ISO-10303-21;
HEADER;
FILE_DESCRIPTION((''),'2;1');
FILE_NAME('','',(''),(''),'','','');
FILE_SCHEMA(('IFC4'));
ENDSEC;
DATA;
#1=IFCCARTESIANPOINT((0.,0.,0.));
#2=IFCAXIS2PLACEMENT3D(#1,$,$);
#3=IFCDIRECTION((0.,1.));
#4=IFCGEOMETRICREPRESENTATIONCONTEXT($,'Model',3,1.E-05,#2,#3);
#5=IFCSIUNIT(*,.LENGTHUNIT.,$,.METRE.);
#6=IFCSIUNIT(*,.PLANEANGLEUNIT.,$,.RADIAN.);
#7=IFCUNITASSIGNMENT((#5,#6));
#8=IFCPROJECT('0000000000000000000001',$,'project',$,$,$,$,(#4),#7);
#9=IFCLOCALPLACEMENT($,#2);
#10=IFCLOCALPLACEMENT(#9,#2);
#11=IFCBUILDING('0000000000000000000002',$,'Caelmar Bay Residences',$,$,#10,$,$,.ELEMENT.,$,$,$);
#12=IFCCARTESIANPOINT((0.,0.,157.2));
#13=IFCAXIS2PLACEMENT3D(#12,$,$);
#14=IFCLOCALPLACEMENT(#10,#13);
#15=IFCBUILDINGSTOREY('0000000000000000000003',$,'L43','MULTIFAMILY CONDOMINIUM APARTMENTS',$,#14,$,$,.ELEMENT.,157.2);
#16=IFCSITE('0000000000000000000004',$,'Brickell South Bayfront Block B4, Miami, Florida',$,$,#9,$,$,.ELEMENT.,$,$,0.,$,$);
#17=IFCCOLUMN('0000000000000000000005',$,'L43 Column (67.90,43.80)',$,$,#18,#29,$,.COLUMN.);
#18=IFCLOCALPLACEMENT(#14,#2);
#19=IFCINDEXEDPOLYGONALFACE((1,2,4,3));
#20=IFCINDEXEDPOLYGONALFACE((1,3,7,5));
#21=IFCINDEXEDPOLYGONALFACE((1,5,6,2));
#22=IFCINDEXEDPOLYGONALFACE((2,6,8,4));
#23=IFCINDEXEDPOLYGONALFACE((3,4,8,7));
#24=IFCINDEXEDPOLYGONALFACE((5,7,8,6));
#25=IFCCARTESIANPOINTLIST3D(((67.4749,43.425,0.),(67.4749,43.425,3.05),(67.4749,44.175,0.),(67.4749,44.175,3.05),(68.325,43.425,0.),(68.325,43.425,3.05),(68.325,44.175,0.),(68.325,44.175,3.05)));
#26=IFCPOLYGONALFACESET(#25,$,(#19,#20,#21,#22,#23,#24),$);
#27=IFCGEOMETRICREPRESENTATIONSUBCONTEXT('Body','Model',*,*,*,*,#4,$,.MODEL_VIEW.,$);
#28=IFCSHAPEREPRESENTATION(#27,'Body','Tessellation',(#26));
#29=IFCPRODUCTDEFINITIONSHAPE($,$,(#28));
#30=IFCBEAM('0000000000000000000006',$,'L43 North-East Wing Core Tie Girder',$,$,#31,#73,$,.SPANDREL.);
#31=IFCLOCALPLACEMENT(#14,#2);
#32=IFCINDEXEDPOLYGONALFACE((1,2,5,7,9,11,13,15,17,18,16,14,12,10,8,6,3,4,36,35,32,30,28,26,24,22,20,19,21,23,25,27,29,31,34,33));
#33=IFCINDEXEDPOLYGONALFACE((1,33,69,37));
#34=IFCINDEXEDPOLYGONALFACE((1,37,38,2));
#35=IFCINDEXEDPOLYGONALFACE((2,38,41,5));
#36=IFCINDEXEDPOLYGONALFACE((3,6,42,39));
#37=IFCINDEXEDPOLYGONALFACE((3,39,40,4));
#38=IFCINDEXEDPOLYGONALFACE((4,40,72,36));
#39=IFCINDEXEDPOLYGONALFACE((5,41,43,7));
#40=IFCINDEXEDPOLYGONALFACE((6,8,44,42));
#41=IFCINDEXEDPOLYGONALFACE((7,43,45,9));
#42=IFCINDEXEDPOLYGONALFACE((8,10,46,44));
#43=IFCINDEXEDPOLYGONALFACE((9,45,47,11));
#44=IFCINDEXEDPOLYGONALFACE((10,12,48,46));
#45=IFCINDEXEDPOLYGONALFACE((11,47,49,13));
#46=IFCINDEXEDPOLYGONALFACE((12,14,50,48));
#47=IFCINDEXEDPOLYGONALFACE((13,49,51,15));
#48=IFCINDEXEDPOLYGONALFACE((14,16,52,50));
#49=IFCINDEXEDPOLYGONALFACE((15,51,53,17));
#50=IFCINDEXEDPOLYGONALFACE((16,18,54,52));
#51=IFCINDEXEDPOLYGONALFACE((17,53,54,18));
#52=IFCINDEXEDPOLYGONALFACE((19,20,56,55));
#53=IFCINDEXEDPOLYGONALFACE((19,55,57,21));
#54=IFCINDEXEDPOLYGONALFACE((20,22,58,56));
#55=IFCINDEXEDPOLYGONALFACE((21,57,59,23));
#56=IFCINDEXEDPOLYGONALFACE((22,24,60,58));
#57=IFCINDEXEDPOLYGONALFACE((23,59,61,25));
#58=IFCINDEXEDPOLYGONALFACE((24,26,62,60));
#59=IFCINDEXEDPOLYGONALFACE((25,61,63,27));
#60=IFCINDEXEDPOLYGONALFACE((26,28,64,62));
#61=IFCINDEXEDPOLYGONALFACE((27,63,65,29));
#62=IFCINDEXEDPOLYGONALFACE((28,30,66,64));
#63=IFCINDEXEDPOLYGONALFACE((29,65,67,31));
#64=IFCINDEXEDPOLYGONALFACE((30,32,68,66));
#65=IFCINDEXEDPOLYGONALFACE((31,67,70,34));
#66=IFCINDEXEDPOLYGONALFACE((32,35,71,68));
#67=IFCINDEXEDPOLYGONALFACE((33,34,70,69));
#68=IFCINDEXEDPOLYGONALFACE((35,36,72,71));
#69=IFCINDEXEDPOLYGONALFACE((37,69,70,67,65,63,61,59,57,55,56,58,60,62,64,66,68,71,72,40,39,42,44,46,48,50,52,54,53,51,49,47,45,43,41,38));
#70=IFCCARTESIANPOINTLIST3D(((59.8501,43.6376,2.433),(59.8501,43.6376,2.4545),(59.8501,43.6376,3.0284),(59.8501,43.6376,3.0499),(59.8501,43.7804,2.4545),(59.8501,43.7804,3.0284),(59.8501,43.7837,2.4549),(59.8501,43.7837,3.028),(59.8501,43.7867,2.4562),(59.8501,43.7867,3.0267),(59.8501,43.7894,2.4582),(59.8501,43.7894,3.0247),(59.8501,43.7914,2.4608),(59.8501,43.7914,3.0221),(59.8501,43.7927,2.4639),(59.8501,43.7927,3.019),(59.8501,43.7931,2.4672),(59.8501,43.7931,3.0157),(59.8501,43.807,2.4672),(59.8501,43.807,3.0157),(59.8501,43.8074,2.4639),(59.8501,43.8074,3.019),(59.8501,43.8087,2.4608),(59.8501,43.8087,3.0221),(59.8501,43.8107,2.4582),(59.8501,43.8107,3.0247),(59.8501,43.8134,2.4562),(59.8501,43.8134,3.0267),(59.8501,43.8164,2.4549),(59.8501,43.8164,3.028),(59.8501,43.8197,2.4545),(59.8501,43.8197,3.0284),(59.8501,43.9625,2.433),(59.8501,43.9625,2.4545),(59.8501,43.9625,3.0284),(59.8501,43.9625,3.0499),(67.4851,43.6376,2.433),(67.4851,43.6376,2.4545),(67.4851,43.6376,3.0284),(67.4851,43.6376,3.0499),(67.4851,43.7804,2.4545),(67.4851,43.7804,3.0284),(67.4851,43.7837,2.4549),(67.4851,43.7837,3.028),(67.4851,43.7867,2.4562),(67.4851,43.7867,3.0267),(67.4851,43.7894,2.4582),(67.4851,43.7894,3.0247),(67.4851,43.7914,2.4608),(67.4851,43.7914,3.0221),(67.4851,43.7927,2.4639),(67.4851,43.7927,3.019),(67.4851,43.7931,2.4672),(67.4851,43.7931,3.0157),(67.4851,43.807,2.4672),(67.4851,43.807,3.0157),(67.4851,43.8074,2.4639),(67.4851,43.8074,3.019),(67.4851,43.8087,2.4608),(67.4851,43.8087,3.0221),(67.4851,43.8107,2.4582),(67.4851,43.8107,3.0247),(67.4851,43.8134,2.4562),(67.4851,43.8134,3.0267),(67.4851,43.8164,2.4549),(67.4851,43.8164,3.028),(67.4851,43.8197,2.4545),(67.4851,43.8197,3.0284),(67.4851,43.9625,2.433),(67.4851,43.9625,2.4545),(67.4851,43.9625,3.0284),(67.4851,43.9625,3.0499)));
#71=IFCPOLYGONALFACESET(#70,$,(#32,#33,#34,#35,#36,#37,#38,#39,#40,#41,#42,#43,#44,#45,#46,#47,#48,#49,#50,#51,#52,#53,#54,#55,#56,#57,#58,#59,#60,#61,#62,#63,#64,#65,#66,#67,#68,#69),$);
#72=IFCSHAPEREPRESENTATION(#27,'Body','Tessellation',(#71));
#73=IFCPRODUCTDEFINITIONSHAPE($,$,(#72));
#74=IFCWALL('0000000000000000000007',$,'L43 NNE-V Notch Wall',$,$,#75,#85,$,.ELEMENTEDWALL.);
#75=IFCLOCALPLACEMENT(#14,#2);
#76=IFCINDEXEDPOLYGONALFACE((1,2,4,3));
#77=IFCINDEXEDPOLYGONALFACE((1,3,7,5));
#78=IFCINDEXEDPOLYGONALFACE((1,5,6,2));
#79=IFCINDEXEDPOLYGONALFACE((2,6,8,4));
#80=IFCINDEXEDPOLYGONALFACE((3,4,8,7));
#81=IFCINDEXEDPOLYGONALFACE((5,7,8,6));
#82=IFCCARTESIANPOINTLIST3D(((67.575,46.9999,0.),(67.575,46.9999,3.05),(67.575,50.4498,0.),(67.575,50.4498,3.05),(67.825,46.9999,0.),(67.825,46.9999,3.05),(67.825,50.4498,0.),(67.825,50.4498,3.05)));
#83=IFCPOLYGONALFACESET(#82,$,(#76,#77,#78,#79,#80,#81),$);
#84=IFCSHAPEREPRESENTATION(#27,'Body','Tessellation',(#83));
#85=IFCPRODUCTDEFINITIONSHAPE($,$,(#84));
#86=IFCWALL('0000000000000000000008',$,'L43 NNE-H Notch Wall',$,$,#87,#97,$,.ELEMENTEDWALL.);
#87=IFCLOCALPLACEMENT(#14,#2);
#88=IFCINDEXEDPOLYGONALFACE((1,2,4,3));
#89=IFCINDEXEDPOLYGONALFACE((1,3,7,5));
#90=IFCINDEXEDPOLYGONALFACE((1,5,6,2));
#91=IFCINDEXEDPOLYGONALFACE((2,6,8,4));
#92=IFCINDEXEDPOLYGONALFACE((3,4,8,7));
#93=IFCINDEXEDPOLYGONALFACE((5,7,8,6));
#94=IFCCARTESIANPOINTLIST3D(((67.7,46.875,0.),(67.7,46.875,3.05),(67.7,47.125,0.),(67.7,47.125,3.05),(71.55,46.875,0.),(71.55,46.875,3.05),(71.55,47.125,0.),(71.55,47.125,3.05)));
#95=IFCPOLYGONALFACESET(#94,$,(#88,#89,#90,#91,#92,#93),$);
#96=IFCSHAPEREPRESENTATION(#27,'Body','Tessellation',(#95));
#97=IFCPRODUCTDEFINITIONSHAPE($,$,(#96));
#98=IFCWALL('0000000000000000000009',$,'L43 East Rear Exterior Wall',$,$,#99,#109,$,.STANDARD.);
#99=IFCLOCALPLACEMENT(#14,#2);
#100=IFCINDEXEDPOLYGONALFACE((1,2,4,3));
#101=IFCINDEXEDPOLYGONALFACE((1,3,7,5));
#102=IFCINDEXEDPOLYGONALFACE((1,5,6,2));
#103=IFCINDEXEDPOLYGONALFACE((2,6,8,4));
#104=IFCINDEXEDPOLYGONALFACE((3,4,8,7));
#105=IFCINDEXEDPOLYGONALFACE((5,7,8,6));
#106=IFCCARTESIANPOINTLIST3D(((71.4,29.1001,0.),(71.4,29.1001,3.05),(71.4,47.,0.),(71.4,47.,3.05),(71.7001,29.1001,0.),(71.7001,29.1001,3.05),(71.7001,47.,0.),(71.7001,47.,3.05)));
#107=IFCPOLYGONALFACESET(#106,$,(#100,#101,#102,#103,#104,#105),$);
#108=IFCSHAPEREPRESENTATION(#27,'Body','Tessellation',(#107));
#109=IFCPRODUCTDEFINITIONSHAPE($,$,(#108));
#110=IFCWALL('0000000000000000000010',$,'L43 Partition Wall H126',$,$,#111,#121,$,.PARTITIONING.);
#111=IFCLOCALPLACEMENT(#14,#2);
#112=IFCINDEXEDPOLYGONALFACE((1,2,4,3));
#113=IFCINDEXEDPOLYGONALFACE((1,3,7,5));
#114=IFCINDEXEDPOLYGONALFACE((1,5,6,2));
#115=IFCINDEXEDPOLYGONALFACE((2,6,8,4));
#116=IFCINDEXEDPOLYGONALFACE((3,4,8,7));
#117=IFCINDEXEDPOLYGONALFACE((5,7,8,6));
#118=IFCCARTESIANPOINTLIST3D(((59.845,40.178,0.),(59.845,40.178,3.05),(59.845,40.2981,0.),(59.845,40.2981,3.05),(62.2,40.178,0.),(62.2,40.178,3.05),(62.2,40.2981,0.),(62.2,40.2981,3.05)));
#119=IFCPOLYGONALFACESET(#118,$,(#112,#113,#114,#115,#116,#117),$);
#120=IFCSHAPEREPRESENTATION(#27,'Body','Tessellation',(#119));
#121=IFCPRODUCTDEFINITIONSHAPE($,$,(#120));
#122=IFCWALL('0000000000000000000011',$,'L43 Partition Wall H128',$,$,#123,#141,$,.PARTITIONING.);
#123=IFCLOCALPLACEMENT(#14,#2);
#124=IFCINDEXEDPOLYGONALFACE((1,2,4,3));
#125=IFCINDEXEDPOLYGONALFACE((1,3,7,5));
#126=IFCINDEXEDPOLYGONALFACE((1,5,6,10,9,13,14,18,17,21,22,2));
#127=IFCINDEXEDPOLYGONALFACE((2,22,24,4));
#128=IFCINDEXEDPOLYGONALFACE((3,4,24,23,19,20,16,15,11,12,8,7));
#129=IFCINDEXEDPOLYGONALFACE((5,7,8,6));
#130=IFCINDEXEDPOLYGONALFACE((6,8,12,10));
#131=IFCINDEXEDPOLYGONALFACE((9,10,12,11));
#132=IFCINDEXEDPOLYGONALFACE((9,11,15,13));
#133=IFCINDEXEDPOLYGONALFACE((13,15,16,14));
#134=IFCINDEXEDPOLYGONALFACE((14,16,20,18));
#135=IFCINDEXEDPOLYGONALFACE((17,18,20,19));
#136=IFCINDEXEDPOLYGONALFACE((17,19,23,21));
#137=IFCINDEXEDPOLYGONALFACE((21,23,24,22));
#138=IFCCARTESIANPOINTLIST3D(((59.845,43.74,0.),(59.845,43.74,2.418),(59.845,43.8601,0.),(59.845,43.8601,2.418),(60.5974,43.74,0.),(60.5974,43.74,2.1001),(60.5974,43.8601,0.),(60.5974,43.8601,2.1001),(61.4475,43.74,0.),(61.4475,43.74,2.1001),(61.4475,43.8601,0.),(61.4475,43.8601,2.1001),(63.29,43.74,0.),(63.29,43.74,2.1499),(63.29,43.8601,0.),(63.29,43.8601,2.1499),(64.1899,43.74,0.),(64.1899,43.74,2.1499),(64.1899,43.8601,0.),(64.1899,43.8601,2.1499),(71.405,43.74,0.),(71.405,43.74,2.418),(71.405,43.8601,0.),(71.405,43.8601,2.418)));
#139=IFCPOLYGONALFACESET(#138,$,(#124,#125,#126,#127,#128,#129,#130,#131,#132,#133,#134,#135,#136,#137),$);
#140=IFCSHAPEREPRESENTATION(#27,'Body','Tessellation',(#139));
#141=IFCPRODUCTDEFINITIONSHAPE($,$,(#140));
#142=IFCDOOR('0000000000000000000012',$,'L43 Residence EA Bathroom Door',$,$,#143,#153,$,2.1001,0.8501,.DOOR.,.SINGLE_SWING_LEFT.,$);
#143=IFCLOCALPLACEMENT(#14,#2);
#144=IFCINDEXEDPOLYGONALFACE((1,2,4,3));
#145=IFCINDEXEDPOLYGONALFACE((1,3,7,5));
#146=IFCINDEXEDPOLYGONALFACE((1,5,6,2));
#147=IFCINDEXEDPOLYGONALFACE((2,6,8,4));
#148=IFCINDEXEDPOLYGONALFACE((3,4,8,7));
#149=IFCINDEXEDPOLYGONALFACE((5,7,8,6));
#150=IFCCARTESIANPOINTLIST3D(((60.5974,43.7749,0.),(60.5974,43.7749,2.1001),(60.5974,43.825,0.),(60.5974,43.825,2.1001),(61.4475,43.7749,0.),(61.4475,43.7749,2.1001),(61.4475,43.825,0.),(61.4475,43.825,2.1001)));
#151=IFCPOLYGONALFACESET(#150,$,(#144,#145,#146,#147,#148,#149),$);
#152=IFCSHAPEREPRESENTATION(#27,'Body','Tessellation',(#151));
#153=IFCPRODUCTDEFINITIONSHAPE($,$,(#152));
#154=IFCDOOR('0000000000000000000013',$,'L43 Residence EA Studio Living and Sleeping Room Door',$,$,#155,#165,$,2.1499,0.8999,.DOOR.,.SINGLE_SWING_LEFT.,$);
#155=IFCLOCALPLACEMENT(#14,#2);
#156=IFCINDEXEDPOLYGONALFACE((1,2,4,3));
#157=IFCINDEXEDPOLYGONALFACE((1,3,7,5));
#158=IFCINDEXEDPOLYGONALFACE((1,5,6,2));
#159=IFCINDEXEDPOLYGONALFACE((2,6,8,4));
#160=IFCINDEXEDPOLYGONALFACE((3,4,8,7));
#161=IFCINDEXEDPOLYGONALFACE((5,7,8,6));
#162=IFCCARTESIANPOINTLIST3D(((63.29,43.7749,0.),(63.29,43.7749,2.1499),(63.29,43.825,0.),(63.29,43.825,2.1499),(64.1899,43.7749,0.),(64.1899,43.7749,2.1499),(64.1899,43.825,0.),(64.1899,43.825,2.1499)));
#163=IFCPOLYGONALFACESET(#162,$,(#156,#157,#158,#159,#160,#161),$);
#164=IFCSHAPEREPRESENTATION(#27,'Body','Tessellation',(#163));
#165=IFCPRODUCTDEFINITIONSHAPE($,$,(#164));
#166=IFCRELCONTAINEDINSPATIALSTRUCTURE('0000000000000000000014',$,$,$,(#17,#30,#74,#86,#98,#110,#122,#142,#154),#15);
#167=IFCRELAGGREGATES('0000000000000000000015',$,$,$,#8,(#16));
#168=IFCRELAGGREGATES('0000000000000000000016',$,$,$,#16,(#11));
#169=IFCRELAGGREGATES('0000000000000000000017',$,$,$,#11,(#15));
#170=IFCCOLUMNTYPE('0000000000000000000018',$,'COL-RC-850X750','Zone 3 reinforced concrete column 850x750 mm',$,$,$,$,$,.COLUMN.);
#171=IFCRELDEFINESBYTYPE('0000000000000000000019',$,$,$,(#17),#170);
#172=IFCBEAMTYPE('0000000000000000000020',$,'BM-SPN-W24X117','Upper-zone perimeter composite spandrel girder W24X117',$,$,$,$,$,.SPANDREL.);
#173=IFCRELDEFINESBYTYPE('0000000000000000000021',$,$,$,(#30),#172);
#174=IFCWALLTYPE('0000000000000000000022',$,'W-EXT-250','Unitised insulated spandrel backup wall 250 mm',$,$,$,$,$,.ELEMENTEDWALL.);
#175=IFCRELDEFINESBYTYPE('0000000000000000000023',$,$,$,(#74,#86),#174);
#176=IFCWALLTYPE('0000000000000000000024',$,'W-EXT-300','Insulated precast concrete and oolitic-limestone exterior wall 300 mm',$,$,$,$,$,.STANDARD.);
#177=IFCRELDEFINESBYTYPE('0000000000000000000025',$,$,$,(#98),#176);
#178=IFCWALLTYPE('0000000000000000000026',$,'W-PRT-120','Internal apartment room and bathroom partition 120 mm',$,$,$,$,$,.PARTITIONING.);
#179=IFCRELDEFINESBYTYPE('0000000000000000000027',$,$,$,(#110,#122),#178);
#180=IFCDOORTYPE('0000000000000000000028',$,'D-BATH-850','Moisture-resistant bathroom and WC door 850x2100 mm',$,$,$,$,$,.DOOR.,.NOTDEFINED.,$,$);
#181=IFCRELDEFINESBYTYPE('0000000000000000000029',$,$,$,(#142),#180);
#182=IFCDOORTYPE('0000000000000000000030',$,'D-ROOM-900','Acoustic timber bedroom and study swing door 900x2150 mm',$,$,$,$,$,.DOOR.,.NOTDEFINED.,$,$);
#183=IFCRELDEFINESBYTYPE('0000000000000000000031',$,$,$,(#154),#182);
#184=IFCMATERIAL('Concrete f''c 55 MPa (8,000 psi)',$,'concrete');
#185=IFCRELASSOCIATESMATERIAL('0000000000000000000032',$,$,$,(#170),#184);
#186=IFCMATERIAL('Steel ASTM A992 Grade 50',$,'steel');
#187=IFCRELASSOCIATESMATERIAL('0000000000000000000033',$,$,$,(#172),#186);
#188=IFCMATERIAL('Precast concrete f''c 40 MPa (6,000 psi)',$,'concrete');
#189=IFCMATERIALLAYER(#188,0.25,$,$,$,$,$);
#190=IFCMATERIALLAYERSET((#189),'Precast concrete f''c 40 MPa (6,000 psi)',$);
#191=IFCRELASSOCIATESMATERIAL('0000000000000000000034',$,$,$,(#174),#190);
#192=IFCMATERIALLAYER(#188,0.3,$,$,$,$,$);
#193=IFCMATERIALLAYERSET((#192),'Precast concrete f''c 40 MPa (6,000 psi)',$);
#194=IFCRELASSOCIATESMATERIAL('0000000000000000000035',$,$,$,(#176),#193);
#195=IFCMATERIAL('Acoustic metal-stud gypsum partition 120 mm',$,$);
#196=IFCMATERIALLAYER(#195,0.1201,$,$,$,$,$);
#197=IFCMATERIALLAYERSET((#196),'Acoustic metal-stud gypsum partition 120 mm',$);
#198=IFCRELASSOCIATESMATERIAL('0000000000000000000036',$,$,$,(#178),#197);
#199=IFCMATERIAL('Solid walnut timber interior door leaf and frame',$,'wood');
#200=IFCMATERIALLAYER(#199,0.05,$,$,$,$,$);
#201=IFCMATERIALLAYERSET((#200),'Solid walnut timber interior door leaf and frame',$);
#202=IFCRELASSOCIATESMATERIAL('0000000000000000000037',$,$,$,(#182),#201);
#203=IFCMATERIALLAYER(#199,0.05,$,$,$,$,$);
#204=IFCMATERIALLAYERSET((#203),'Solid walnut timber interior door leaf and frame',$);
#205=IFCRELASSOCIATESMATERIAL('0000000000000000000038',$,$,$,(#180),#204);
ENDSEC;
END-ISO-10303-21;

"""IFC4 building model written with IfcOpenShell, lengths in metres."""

from ifc_helpers import new_model, si_unit, direction, frame, frame_2d, origin, origin_2d, place, context, subcontext, project, spatial, rectangle, i_section, extrude, material, layer, layer_set, material_profile, profile_set, type_object, element, fill, save


model = new_model("IFC4")

# Units and contexts
model_context = context("Model", 3, precision=1e-05, world=origin(), true_north=direction((0.0, 1.0)))
body_context = subcontext(model_context, "Body", "Model", "MODEL_VIEW")
ifc_project = project(units=[si_unit("LENGTHUNIT", "METRE"), si_unit("PLANEANGLEUNIT", "RADIAN")], contexts=[model_context])

# Site, building, storey
site_placement = place(None, origin())
site = spatial("IfcSite", under=ifc_project, at=site_placement, Name="Brickell South Bayfront Block B4, Miami, Florida", CompositionType="ELEMENT", RefElevation=0.0)
building_placement = place(site_placement, origin())
building = spatial("IfcBuilding", under=site, at=building_placement, Name="Caelmar Bay Residences", CompositionType="ELEMENT")
storey_placement = place(building_placement, frame((0.0, 0.0, 157.2)))
storey = spatial("IfcBuildingStorey", under=building, at=storey_placement, Name="L43", Description="MULTIFAMILY CONDOMINIUM APARTMENTS", CompositionType="ELEMENT", Elevation=157.2)

# Column
ifc_material_1 = material(Name="Concrete f'c 55 MPa (8,000 psi)", Category="concrete")
ifc_material_profile_1 = material_profile(ifc_material_1, rectangle(XDim=0.8501, YDim=0.75, at=origin_2d()), Name="RC-COL-850X750")
ifc_profile_set_1 = profile_set([ifc_material_profile_1], Name="Concrete f'c 55 MPa (8,000 psi)")
column_type = type_object("IfcColumnType", Name="COL-RC-850X750", Description="Zone 3 reinforced concrete column 850x750 mm", PredefinedType="COLUMN", material=ifc_profile_set_1)
column_placement = place(storey_placement, frame((67.8999, 43.8, 0.0), z_axis=(0.0, 0.0, 1.0), x_axis=(1.0, 0.0, 0.0)))
element("IfcColumn", 1, at=column_placement, inside=storey, type_object=column_type, Name="L43 Column (67.90,43.80)", PredefinedType="COLUMN", context=body_context, shape_type="SweptSolid", body=[
    extrude(rectangle(XDim=0.8501, YDim=0.75, at=origin_2d()), origin(), (0.0, 0.0, 1.0), 3.05),
])

# Beam
ifc_material_2 = material(Name="Steel ASTM A992 Grade 50", Category="steel")
ifc_material_profile_2 = material_profile(ifc_material_2, i_section(OverallWidth=0.325, OverallDepth=0.6169, WebThickness=0.0139, FlangeThickness=0.0215, FilletRadius=0.0127, at=origin_2d()), Name="W24X117")
ifc_profile_set_2 = profile_set([ifc_material_profile_2], Name="Steel ASTM A992 Grade 50")
beam_type = type_object("IfcBeamType", Name="BM-SPN-W24X117", Description="Upper-zone perimeter composite spandrel girder W24X117", PredefinedType="SPANDREL", material=ifc_profile_set_2)
beam_placement = place(storey_placement, frame((59.8501, 43.8, 2.7415), z_axis=(1.0, 0.0, 0.0), x_axis=(0.0, 1.0, 0.0)))
element("IfcBeam", 2, at=beam_placement, inside=storey, type_object=beam_type, Name="L43 North-East Wing Core Tie Girder", PredefinedType="SPANDREL", context=body_context, shape_type="SweptSolid", body=[
    extrude(i_section(OverallWidth=0.325, OverallDepth=0.6169, WebThickness=0.0139, FlangeThickness=0.0215, FilletRadius=0.0127, at=origin_2d()), origin(), (0.0, 0.0, 1.0), 7.635),
])

# Walls
ifc_material_3 = material(Name="Precast concrete f'c 40 MPa (6,000 psi)", Category="concrete")
ifc_layer_1 = layer(ifc_material_3, 0.25)
ifc_layer_set_1 = layer_set([ifc_layer_1], Name="Precast concrete f'c 40 MPa (6,000 psi)")
wall_type_1 = type_object("IfcWallType", Name="W-EXT-250", Description="Unitised insulated spandrel backup wall 250 mm", PredefinedType="ELEMENTEDWALL", material=ifc_layer_set_1)
wall_1_placement = place(storey_placement, frame((67.7, 50.45, 0.0), z_axis=(0.0, 0.0, 1.0), x_axis=(0.0, -1.0, 0.0)))
element("IfcWall", 3, at=wall_1_placement, inside=storey, type_object=wall_type_1, Name="L43 NNE-V Notch Wall", PredefinedType="ELEMENTEDWALL", context=body_context, shape_type="SweptSolid", body=[
    extrude(rectangle(XDim=3.45, YDim=0.25, at=frame_2d((1.7251, 0.0))), origin(), (0.0, 0.0, 1.0), 3.05),
])
wall_2_placement = place(storey_placement, frame((67.7, 47.0, 0.0), z_axis=(0.0, 0.0, 1.0), x_axis=(1.0, 0.0, 0.0)))
element("IfcWall", 4, at=wall_2_placement, inside=storey, type_object=wall_type_1, Name="L43 NNE-H Notch Wall", PredefinedType="ELEMENTEDWALL", context=body_context, shape_type="SweptSolid", body=[
    extrude(rectangle(XDim=3.8501, YDim=0.25, at=frame_2d((1.925, 0.0))), origin(), (0.0, 0.0, 1.0), 3.05),
])
ifc_layer_2 = layer(ifc_material_3, 0.3)
ifc_layer_set_2 = layer_set([ifc_layer_2], Name="Precast concrete f'c 40 MPa (6,000 psi)")
wall_type_2 = type_object("IfcWallType", Name="W-EXT-300", Description="Insulated precast concrete and oolitic-limestone exterior wall 300 mm", PredefinedType="STANDARD", material=ifc_layer_set_2)
wall_3_placement = place(storey_placement, frame((71.55, 47.0, 0.0), z_axis=(0.0, 0.0, 1.0), x_axis=(0.0, -1.0, 0.0)))
element("IfcWall", 5, at=wall_3_placement, inside=storey, type_object=wall_type_2, Name="L43 East Rear Exterior Wall", PredefinedType="STANDARD", context=body_context, shape_type="SweptSolid", body=[
    extrude(rectangle(XDim=17.8999, YDim=0.3, at=frame_2d((8.95, 0.0))), origin(), (0.0, 0.0, 1.0), 3.05),
])

# Shared definitions
ifc_material_4 = material(Name="Acoustic metal-stud gypsum partition 120 mm")
ifc_layer_3 = layer(ifc_material_4, 0.1201)
ifc_layer_set_3 = layer_set([ifc_layer_3], Name="Acoustic metal-stud gypsum partition 120 mm")
wall_type_3 = type_object("IfcWallType", Name="W-PRT-120", Description="Internal apartment room and bathroom partition 120 mm", PredefinedType="PARTITIONING", material=ifc_layer_set_3)
ifc_material_5 = material(Name="Solid walnut timber interior door leaf and frame", Category="wood")
ifc_layer_4 = layer(ifc_material_5, 0.05)
ifc_layer_set_4 = layer_set([ifc_layer_4], Name="Solid walnut timber interior door leaf and frame")
door_type_1 = type_object("IfcDoorType", Name="D-ROOM-900", Description="Acoustic timber bedroom and study swing door 900x2150 mm", OperationType="NOTDEFINED", PredefinedType="DOOR", material=ifc_layer_set_4)

# Wall
wall_4_placement = place(storey_placement, frame((59.845, 40.238, 0.0), z_axis=(0.0, 0.0, 1.0), x_axis=(1.0, 0.0, 0.0)))
element("IfcWall", 6, at=wall_4_placement, inside=storey, type_object=wall_type_3, Name="L43 Partition Wall H126", PredefinedType="PARTITIONING", context=body_context, shape_type="SweptSolid", body=[
    extrude(rectangle(XDim=2.355, YDim=0.1201, at=frame_2d((1.1775, 0.0))), origin(), (0.0, 0.0, 1.0), 3.05),
])

# Wall, openings, doors
wall_5_placement = place(storey_placement, frame((59.845, 43.8, 0.0), z_axis=(0.0, 0.0, 1.0), x_axis=(1.0, 0.0, 0.0)))
wall_5 = element("IfcWall", 7, at=wall_5_placement, inside=storey, type_object=wall_type_3, Name="L43 Partition Wall H128", PredefinedType="PARTITIONING", context=body_context, shape_type="SweptSolid", body=[
    extrude(rectangle(XDim=11.5601, YDim=0.1201, at=frame_2d((5.78, 0.0))), origin(), (0.0, 0.0, 1.0), 2.418),
])
opening_1_placement = place(wall_5_placement, frame((3.4451, 0.0, 0.0)))
opening_1 = element("IfcOpeningElement", 8, at=opening_1_placement, cuts=wall_5, PredefinedType="OPENING", context=body_context, shape_type="SweptSolid", body=[
    extrude(rectangle(XDim=0.8999, YDim=2.1499, at=frame_2d((0.45, 1.075))), frame((0.0, 0.0701, 0.0), z_axis=(0.0, -1.0, 0.0), x_axis=(1.0, 0.0, 0.0)), (0.0, 0.0, 1.0), 0.1401),
])
opening_2_placement = place(wall_5_placement, frame((0.7524, 0.0, 0.0)))
opening_2 = element("IfcOpeningElement", 9, at=opening_2_placement, cuts=wall_5, PredefinedType="OPENING", context=body_context, shape_type="SweptSolid", body=[
    extrude(rectangle(XDim=0.8501, YDim=2.1001, at=frame_2d((0.425, 1.05))), frame((0.0, 0.0701, 0.0), z_axis=(0.0, -1.0, 0.0), x_axis=(1.0, 0.0, 0.0)), (0.0, 0.0, 1.0), 0.1401),
])
ifc_layer_5 = layer(ifc_material_5, 0.05)
ifc_layer_set_5 = layer_set([ifc_layer_5], Name="Solid walnut timber interior door leaf and frame")
door_type_2 = type_object("IfcDoorType", Name="D-BATH-850", Description="Moisture-resistant bathroom and WC door 850x2100 mm", OperationType="NOTDEFINED", PredefinedType="DOOR", material=ifc_layer_set_5)
door_1_placement = place(opening_2_placement, origin())
door_1 = element("IfcDoor", 10, at=door_1_placement, inside=storey, type_object=door_type_2, Name="L43 Residence EA Bathroom Door", OperationType="SINGLE_SWING_LEFT", OverallHeight=2.1001, OverallWidth=0.8501, PredefinedType="DOOR", context=body_context, shape_type="SweptSolid", body=[
    extrude(rectangle(XDim=0.8501, YDim=2.1001, at=frame_2d((0.425, 1.05))), frame((0.0, 0.0249, 0.0), z_axis=(0.0, -1.0, 0.0), x_axis=(1.0, 0.0, 0.0)), (0.0, 0.0, 1.0), 0.05),
])
fill(opening_2, door_1)
door_2_placement = place(opening_1_placement, origin())
door_2 = element("IfcDoor", 11, at=door_2_placement, inside=storey, type_object=door_type_1, Name="L43 Residence EA Studio Living and Sleeping Room Door", OperationType="SINGLE_SWING_LEFT", OverallHeight=2.1499, OverallWidth=0.8999, PredefinedType="DOOR", context=body_context, shape_type="SweptSolid", body=[
    extrude(rectangle(XDim=0.8999, YDim=2.1499, at=frame_2d((0.45, 1.075))), frame((0.0, 0.0249, 0.0), z_axis=(0.0, -1.0, 0.0), x_axis=(1.0, 0.0, 0.0)), (0.0, 0.0, 1.0), 0.05),
])
fill(opening_1, door_2)

save(model, "model.ifc")
